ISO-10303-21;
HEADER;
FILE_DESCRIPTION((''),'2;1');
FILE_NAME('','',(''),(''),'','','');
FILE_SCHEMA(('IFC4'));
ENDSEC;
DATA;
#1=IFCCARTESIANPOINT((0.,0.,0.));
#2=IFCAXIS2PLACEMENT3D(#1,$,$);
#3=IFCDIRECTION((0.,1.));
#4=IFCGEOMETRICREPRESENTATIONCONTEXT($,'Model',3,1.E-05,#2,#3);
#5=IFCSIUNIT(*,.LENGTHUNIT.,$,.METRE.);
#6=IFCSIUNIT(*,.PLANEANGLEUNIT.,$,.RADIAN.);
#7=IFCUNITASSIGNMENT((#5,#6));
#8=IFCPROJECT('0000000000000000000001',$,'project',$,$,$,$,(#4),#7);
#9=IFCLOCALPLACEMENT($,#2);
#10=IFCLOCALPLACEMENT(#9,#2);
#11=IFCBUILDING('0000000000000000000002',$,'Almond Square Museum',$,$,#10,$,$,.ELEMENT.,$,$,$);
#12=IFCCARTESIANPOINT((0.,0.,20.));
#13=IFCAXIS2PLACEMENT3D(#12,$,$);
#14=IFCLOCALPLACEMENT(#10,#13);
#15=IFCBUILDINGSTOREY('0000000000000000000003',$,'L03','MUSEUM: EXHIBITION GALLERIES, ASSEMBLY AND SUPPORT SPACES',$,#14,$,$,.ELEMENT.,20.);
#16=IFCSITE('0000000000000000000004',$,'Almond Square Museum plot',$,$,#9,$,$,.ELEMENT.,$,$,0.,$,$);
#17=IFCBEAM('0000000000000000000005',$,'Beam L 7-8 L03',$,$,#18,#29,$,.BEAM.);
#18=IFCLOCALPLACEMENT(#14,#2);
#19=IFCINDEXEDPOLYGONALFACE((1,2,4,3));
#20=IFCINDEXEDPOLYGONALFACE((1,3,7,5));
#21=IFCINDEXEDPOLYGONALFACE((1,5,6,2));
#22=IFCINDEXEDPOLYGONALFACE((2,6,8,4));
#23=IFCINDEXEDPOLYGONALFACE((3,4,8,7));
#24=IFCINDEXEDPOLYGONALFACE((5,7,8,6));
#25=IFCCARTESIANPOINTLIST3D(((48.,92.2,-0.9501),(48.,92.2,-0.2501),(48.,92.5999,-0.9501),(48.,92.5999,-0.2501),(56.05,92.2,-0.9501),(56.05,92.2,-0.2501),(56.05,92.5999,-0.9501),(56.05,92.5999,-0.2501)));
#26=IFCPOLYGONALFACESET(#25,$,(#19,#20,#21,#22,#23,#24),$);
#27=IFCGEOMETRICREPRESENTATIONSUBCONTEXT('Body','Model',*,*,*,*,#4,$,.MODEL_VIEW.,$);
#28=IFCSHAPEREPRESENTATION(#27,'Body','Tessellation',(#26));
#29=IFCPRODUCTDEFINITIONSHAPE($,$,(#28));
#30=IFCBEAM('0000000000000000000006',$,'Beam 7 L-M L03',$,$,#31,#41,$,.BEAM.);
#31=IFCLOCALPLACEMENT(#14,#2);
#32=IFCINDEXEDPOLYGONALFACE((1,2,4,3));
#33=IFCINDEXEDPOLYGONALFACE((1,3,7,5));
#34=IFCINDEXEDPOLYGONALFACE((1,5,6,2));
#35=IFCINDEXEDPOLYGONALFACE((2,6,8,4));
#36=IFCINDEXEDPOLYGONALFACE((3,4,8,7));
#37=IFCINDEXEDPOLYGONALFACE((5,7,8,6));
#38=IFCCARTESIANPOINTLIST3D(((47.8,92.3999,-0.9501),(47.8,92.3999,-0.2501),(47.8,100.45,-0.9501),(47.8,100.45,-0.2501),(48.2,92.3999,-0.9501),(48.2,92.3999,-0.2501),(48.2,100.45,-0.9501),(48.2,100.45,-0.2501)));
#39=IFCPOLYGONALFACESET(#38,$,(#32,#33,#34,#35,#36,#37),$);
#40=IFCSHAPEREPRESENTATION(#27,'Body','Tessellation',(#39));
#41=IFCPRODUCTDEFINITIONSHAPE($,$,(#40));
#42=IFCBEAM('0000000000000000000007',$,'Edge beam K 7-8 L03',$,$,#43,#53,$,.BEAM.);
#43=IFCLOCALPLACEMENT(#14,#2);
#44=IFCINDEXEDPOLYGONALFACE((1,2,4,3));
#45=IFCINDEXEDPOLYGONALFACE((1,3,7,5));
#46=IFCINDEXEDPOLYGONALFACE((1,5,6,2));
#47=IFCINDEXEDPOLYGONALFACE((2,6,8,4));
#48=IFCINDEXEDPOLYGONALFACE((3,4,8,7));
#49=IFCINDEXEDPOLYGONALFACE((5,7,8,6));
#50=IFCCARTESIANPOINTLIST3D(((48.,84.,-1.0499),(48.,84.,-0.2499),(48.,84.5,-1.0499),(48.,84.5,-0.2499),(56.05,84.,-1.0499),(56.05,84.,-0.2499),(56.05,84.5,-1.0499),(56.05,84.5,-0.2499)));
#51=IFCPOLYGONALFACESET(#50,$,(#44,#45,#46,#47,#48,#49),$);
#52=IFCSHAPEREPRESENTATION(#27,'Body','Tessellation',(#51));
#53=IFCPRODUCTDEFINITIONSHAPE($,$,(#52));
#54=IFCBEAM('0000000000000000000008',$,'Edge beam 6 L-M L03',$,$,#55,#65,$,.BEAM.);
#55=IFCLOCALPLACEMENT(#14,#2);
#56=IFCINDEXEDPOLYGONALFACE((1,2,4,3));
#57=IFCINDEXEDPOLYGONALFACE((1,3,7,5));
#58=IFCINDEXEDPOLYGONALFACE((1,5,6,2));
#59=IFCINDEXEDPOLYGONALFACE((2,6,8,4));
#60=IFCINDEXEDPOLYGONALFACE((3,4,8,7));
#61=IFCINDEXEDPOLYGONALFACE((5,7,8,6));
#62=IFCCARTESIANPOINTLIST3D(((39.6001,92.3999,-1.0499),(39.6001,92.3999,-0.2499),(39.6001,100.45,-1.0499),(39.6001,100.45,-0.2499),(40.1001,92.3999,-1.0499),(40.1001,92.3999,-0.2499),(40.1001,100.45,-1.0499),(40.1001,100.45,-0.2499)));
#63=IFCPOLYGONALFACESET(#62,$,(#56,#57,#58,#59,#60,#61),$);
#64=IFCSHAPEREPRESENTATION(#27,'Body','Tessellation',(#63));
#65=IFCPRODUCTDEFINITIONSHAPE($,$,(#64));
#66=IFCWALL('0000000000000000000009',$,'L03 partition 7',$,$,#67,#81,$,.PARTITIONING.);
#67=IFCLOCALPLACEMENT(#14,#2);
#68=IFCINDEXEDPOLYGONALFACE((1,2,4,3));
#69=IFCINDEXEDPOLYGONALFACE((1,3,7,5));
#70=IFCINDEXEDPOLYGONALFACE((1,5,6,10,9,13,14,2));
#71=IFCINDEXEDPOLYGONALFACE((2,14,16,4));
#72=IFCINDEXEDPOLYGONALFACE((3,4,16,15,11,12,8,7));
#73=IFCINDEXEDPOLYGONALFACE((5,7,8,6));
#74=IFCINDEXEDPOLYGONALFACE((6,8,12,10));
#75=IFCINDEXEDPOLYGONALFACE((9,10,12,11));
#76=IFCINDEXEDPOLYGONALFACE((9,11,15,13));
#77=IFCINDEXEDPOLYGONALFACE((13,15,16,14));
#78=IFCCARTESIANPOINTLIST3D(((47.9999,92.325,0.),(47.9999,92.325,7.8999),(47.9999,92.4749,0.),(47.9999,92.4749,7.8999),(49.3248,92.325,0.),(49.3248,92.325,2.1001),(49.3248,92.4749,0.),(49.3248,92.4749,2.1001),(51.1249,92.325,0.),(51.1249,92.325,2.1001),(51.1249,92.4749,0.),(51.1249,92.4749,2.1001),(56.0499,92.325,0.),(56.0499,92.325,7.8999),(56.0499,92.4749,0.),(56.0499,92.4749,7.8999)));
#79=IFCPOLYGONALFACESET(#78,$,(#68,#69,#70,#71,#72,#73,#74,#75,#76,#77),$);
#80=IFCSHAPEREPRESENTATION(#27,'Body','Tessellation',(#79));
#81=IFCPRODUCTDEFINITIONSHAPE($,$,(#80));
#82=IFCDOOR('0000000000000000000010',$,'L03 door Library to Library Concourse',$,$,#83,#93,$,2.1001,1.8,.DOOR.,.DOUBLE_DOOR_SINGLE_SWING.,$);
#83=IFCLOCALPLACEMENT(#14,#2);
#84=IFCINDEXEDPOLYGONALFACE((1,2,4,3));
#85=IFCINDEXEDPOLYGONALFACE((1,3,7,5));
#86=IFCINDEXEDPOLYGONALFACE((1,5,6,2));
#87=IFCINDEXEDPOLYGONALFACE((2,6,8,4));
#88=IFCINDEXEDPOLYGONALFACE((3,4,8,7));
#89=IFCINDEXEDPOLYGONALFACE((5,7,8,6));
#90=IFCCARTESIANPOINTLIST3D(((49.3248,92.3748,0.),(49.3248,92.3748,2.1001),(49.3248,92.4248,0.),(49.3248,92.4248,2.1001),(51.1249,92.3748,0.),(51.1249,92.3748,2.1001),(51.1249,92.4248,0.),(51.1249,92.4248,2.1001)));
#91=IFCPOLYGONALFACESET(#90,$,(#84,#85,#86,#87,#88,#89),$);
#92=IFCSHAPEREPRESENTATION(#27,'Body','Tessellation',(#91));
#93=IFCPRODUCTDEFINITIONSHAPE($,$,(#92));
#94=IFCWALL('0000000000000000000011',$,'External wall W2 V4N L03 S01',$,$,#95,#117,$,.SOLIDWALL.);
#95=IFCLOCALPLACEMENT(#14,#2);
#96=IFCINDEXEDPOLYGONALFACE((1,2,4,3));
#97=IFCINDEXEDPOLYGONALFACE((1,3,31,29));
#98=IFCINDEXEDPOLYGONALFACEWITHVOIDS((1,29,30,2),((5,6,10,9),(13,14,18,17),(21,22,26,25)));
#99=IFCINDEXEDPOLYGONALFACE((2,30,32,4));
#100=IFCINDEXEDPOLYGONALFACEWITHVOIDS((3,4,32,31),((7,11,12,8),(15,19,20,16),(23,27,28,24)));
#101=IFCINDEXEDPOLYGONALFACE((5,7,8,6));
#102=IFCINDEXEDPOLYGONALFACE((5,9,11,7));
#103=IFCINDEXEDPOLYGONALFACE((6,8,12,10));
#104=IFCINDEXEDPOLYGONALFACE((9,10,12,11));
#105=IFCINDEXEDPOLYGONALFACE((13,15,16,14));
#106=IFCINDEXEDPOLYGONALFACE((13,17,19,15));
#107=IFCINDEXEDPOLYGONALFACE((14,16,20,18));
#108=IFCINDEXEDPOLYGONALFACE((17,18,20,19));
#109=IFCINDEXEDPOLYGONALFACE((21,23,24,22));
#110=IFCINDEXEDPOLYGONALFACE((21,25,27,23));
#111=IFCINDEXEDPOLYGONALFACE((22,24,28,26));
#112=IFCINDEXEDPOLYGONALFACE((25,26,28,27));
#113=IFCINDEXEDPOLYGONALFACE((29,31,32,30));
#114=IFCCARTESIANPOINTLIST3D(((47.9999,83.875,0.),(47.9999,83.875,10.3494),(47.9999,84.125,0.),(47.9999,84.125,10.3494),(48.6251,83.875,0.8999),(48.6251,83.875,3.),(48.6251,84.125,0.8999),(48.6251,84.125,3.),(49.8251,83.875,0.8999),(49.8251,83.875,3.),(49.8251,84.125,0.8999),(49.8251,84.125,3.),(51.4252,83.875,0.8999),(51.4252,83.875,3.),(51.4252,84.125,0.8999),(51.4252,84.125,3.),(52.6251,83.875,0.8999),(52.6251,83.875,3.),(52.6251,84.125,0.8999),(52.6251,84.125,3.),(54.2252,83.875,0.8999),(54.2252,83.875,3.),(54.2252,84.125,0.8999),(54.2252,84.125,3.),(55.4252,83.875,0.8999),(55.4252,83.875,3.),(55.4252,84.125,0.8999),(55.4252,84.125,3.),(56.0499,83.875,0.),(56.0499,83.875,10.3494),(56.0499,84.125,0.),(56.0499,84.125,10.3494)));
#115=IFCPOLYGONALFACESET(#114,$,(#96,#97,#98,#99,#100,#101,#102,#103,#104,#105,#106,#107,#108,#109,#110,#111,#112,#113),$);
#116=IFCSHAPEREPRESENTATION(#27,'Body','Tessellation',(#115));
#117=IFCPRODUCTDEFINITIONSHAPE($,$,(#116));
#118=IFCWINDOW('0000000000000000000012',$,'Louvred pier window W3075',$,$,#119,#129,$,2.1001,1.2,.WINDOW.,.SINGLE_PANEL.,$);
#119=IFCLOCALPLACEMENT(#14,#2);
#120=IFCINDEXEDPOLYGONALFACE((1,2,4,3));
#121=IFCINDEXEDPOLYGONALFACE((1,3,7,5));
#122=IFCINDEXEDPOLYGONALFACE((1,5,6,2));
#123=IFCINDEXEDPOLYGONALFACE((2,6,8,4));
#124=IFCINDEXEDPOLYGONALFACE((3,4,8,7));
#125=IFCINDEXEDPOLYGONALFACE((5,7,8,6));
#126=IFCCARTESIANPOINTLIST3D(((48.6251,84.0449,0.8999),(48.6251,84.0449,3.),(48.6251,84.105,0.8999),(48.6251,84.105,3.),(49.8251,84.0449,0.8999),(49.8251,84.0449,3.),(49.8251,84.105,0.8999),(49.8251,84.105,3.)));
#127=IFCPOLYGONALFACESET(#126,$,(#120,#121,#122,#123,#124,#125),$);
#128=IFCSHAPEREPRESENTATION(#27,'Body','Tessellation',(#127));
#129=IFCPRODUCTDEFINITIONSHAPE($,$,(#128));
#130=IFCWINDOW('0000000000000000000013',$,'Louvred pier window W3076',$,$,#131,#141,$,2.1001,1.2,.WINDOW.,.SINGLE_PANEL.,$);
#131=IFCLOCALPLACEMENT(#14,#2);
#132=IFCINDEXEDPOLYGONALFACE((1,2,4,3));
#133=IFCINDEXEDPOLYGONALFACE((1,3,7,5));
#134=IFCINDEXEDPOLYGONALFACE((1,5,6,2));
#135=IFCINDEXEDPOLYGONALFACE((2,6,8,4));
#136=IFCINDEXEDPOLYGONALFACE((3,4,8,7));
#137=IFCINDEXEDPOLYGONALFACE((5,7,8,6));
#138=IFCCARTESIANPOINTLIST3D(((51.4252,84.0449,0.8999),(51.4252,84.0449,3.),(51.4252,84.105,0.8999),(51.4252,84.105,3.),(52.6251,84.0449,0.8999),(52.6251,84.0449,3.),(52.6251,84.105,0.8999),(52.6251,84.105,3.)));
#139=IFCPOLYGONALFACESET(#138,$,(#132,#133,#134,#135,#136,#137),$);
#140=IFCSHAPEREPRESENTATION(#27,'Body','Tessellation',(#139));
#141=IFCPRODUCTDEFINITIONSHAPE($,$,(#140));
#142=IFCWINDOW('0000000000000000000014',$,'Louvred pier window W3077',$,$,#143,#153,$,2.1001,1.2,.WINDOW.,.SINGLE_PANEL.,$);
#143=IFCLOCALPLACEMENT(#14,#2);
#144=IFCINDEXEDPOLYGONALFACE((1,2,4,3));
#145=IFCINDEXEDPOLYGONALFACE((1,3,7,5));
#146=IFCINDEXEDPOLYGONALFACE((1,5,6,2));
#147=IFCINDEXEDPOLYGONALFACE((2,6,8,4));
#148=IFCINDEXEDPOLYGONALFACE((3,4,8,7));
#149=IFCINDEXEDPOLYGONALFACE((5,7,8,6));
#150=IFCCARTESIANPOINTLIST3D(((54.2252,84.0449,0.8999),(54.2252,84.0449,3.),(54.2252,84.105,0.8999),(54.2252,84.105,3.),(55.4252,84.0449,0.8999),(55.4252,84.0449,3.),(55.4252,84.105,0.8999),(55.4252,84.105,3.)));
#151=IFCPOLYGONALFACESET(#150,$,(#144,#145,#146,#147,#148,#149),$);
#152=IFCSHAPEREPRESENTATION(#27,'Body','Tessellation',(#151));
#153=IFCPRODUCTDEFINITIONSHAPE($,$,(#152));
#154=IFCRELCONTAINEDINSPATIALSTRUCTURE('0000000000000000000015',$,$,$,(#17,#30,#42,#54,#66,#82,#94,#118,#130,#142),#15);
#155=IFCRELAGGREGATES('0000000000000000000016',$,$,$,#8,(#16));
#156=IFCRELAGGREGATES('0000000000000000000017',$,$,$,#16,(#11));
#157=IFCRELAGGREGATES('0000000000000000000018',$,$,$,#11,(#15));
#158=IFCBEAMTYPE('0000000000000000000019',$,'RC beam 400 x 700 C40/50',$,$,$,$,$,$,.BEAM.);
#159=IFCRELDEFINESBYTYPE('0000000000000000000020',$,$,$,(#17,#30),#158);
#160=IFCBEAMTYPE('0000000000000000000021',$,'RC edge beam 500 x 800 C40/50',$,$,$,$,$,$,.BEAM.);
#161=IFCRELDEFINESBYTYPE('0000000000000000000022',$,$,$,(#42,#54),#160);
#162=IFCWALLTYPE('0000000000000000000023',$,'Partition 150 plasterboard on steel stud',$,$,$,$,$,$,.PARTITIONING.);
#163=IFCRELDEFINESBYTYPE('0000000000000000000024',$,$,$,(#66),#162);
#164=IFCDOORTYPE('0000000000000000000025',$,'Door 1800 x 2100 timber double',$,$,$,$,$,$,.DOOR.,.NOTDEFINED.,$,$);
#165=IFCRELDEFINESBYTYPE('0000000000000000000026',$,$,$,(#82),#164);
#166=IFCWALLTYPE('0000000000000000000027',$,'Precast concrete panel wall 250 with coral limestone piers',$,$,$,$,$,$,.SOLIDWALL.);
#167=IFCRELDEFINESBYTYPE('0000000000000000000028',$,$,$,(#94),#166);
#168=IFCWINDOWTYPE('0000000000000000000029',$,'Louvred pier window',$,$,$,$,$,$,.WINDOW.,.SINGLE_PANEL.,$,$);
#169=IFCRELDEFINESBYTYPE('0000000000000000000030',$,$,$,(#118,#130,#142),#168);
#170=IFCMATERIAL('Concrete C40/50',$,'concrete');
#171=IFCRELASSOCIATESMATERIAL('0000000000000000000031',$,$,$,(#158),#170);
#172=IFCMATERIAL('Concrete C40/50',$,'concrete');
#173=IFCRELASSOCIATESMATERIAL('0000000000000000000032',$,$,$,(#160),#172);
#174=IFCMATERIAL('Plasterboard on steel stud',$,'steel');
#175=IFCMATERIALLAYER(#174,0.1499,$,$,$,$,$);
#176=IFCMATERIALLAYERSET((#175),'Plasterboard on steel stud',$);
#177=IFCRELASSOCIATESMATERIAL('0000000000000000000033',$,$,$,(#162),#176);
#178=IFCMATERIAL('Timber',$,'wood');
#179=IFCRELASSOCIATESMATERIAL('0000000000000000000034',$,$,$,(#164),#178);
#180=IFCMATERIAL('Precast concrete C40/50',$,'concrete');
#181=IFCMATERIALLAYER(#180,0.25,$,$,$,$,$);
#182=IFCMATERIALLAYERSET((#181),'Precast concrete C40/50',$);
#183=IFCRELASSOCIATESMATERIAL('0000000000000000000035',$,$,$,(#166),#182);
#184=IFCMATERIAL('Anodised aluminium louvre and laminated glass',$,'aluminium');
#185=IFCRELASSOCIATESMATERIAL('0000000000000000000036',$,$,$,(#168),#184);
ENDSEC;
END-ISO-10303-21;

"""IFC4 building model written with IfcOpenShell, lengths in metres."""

from ifc_helpers import new_model, si_unit, direction, frame, frame_2d, origin, origin_2d, place, context, subcontext, project, spatial, rectangle, extrude, material, layer, layer_set, material_profile, profile_set, type_object, element, fill, save


model = new_model("IFC4")

# Units and contexts
model_context = context("Model", 3, precision=1e-05, world=origin(), true_north=direction((0.0, 1.0)))
body_context = subcontext(model_context, "Body", "Model", "MODEL_VIEW")
ifc_project = project(units=[si_unit("LENGTHUNIT", "METRE"), si_unit("PLANEANGLEUNIT", "RADIAN")], contexts=[model_context])

# Site, building, storey
site_placement = place(None, origin())
site = spatial("IfcSite", under=ifc_project, at=site_placement, Name="Almond Square Museum plot", CompositionType="ELEMENT", RefElevation=0.0)
building_placement = place(site_placement, origin())
building = spatial("IfcBuilding", under=site, at=building_placement, Name="Almond Square Museum", CompositionType="ELEMENT")
storey_placement = place(building_placement, frame((0.0, 0.0, 20.0)))
storey = spatial("IfcBuildingStorey", under=building, at=storey_placement, Name="L03", Description="MUSEUM: EXHIBITION GALLERIES, ASSEMBLY AND SUPPORT SPACES", CompositionType="ELEMENT", Elevation=20.0)

# Beams
ifc_material_1 = material(Name="Concrete C40/50", Category="concrete")
ifc_material_profile_1 = material_profile(ifc_material_1, rectangle(XDim=0.3999, YDim=0.7, at=origin_2d()))
ifc_profile_set_1 = profile_set([ifc_material_profile_1], Name="Concrete C40/50")
beam_type_1 = type_object("IfcBeamType", Name="RC beam 400 x 700 C40/50", PredefinedType="BEAM", material=ifc_profile_set_1)
for number, where, z_axis, x_axis, name in (
    (1, (48.0, 92.3999, -0.6001), (1.0, 0.0, 0.0), (0.0, 1.0, 0.0), "Beam L 7-8 L03"),
    (2, (48.0, 92.3999, -0.6001), (0.0, 1.0, 0.0), (-1.0, 0.0, 0.0), "Beam 7 L-M L03"),
):
    element("IfcBeam", number, at=place(storey_placement, frame(where, z_axis=z_axis, x_axis=x_axis)), inside=storey, type_object=beam_type_1, Name=name, PredefinedType="BEAM", context=body_context, shape_type="SweptSolid", body=[
        extrude(rectangle(XDim=0.3999, YDim=0.7, at=origin_2d()), origin(), (0.0, 0.0, 1.0), 8.05),
    ])
ifc_material_2 = material(Name="Concrete C40/50", Category="concrete")
ifc_material_profile_2 = material_profile(ifc_material_2, rectangle(XDim=0.5, YDim=0.8, at=origin_2d()))
ifc_profile_set_2 = profile_set([ifc_material_profile_2], Name="Concrete C40/50")
beam_type_2 = type_object("IfcBeamType", Name="RC edge beam 500 x 800 C40/50", PredefinedType="BEAM", material=ifc_profile_set_2)
for number, where, z_axis, x_axis, name in (
    (3, (48.0, 84.25, -0.6499), (1.0, 0.0, 0.0), (0.0, 1.0, 0.0), "Edge beam K 7-8 L03"),
    (4, (39.8501, 92.3999, -0.6499), (0.0, 1.0, 0.0), (-1.0, 0.0, 0.0), "Edge beam 6 L-M L03"),
):
    element("IfcBeam", number, at=place(storey_placement, frame(where, z_axis=z_axis, x_axis=x_axis)), inside=storey, type_object=beam_type_2, Name=name, PredefinedType="BEAM", context=body_context, shape_type="SweptSolid", body=[
        extrude(rectangle(XDim=0.5, YDim=0.8, at=origin_2d()), origin(), (0.0, 0.0, 1.0), 8.05),
    ])

# Wall, opening, door
ifc_material_3 = material(Name="Plasterboard on steel stud", Category="steel")
ifc_layer_1 = layer(ifc_material_3, 0.1499)
ifc_layer_set_1 = layer_set([ifc_layer_1], Name="Plasterboard on steel stud")
wall_type_1 = type_object("IfcWallType", Name="Partition 150 plasterboard on steel stud", PredefinedType="PARTITIONING", material=ifc_layer_set_1)
wall_1_placement = place(storey_placement, frame((48.0, 92.3999, 0.0), z_axis=(0.0, 0.0, 1.0), x_axis=(1.0, 0.0, 0.0)))
wall_1 = element("IfcWall", 5, at=wall_1_placement, inside=storey, type_object=wall_type_1, Name="L03 partition 7", PredefinedType="PARTITIONING", context=body_context, shape_type="SweptSolid", body=[
    extrude(rectangle(XDim=8.05, YDim=0.1499, at=frame_2d((4.0249, 0.0))), origin(), (0.0, 0.0, 1.0), 7.8999),
])
opening_1_placement = place(wall_1_placement, frame((1.325, 0.0, 0.0)))
opening_1 = element("IfcOpeningElement", 6, at=opening_1_placement, cuts=wall_1, PredefinedType="OPENING", context=body_context, shape_type="SweptSolid", body=[
    extrude(rectangle(XDim=1.8, YDim=2.1001, at=frame_2d((0.8999, 1.05))), frame((0.0, 0.085, 0.0), z_axis=(0.0, -1.0, 0.0), x_axis=(1.0, 0.0, 0.0)), (0.0, 0.0, 1.0), 0.1699),
])
ifc_material_4 = material(Name="Timber", Category="wood")
door_type_1 = type_object("IfcDoorType", Name="Door 1800 x 2100 timber double", OperationType="NOTDEFINED", PredefinedType="DOOR", material=ifc_material_4)
door_1_placement = place(opening_1_placement, origin())
door_1 = element("IfcDoor", 7, at=door_1_placement, inside=storey, type_object=door_type_1, Name="L03 door Library to Library Concourse", OperationType="DOUBLE_DOOR_SINGLE_SWING", OverallHeight=2.1001, OverallWidth=1.8, PredefinedType="DOOR", context=body_context, shape_type="SweptSolid", body=[
    extrude(rectangle(XDim=1.8, YDim=2.1001, at=frame_2d((0.8999, 1.05))), frame((0.0, 0.0249, 0.0), z_axis=(0.0, -1.0, 0.0), x_axis=(1.0, 0.0, 0.0)), (0.0, 0.0, 1.0), 0.05),
])
fill(opening_1, door_1)

# Wall, openings, windows
ifc_material_5 = material(Name="Precast concrete C40/50", Category="concrete")
ifc_layer_2 = layer(ifc_material_5, 0.25)
ifc_layer_set_2 = layer_set([ifc_layer_2], Name="Precast concrete C40/50")
wall_type_2 = type_object("IfcWallType", Name="Precast concrete panel wall 250 with coral limestone piers", PredefinedType="SOLIDWALL", material=ifc_layer_set_2)
wall_2_placement = place(storey_placement, frame((48.0, 84.0, 0.0), z_axis=(0.0, 0.0, 1.0), x_axis=(1.0, 0.0, 0.0)))
wall_2 = element("IfcWall", 8, at=wall_2_placement, inside=storey, type_object=wall_type_2, Name="External wall W2 V4N L03 S01", PredefinedType="SOLIDWALL", context=body_context, shape_type="SweptSolid", body=[
    extrude(rectangle(XDim=8.05, YDim=0.25, at=frame_2d((4.0249, 0.0))), origin(), (0.0, 0.0, 1.0), 10.3494),
])
opening_2_placement = place(wall_2_placement, frame((0.625, 0.0, 0.8999)))
opening_2 = element("IfcOpeningElement", 9, at=opening_2_placement, cuts=wall_2, PredefinedType="OPENING", context=body_context, shape_type="SweptSolid", body=[
    extrude(rectangle(XDim=1.2, YDim=2.1001, at=frame_2d((0.6001, 1.05))), frame((0.0, 0.135, 0.0), z_axis=(0.0, -1.0, 0.0), x_axis=(1.0, 0.0, 0.0)), (0.0, 0.0, 1.0), 0.27),
])
opening_3_placement = place(wall_2_placement, frame((3.425, 0.0, 0.8999)))
opening_3 = element("IfcOpeningElement", 10, at=opening_3_placement, cuts=wall_2, PredefinedType="OPENING", context=body_context, shape_type="SweptSolid", body=[
    extrude(rectangle(XDim=1.2, YDim=2.1001, at=frame_2d((0.6001, 1.05))), frame((0.0, 0.135, 0.0), z_axis=(0.0, -1.0, 0.0), x_axis=(1.0, 0.0, 0.0)), (0.0, 0.0, 1.0), 0.27),
])
opening_4_placement = place(wall_2_placement, frame((6.2251, 0.0, 0.8999)))
opening_4 = element("IfcOpeningElement", 11, at=opening_4_placement, cuts=wall_2, PredefinedType="OPENING", context=body_context, shape_type="SweptSolid", body=[
    extrude(rectangle(XDim=1.2, YDim=2.1001, at=frame_2d((0.6001, 1.05))), frame((0.0, 0.135, 0.0), z_axis=(0.0, -1.0, 0.0), x_axis=(1.0, 0.0, 0.0)), (0.0, 0.0, 1.0), 0.27),
])
ifc_material_6 = material(Name="Anodised aluminium louvre and laminated glass", Category="aluminium")
window_type = type_object("IfcWindowType", Name="Louvred pier window", PartitioningType="SINGLE_PANEL", PredefinedType="WINDOW", material=ifc_material_6)
window_1_placement = place(opening_2_placement, origin())
window_1 = element("IfcWindow", 12, at=window_1_placement, inside=storey, type_object=window_type, Name="Louvred pier window W3075", OverallHeight=2.1001, OverallWidth=1.2, PartitioningType="SINGLE_PANEL", PredefinedType="WINDOW", context=body_context, shape_type="SweptSolid", body=[
    extrude(rectangle(XDim=1.2, YDim=2.1001, at=frame_2d((0.6001, 1.05))), frame((0.0, 0.105, 0.0), z_axis=(0.0, -1.0, 0.0), x_axis=(1.0, 0.0, 0.0)), (0.0, 0.0, 1.0), 0.0601),
])
fill(opening_2, window_1)
window_2_placement = place(opening_3_placement, origin())
window_2 = element("IfcWindow", 13, at=window_2_placement, inside=storey, type_object=window_type, Name="Louvred pier window W3076", OverallHeight=2.1001, OverallWidth=1.2, PartitioningType="SINGLE_PANEL", PredefinedType="WINDOW", context=body_context, shape_type="SweptSolid", body=[
    extrude(rectangle(XDim=1.2, YDim=2.1001, at=frame_2d((0.6001, 1.05))), frame((0.0, 0.105, 0.0), z_axis=(0.0, -1.0, 0.0), x_axis=(1.0, 0.0, 0.0)), (0.0, 0.0, 1.0), 0.0601),
])
fill(opening_3, window_2)
window_3_placement = place(opening_4_placement, origin())
window_3 = element("IfcWindow", 14, at=window_3_placement, inside=storey, type_object=window_type, Name="Louvred pier window W3077", OverallHeight=2.1001, OverallWidth=1.2, PartitioningType="SINGLE_PANEL", PredefinedType="WINDOW", context=body_context, shape_type="SweptSolid", body=[
    extrude(rectangle(XDim=1.2, YDim=2.1001, at=frame_2d((0.6001, 1.05))), frame((0.0, 0.105, 0.0), z_axis=(0.0, -1.0, 0.0), x_axis=(1.0, 0.0, 0.0)), (0.0, 0.0, 1.0), 0.0601),
])
fill(opening_4, window_3)

save(model, "model.ifc")
